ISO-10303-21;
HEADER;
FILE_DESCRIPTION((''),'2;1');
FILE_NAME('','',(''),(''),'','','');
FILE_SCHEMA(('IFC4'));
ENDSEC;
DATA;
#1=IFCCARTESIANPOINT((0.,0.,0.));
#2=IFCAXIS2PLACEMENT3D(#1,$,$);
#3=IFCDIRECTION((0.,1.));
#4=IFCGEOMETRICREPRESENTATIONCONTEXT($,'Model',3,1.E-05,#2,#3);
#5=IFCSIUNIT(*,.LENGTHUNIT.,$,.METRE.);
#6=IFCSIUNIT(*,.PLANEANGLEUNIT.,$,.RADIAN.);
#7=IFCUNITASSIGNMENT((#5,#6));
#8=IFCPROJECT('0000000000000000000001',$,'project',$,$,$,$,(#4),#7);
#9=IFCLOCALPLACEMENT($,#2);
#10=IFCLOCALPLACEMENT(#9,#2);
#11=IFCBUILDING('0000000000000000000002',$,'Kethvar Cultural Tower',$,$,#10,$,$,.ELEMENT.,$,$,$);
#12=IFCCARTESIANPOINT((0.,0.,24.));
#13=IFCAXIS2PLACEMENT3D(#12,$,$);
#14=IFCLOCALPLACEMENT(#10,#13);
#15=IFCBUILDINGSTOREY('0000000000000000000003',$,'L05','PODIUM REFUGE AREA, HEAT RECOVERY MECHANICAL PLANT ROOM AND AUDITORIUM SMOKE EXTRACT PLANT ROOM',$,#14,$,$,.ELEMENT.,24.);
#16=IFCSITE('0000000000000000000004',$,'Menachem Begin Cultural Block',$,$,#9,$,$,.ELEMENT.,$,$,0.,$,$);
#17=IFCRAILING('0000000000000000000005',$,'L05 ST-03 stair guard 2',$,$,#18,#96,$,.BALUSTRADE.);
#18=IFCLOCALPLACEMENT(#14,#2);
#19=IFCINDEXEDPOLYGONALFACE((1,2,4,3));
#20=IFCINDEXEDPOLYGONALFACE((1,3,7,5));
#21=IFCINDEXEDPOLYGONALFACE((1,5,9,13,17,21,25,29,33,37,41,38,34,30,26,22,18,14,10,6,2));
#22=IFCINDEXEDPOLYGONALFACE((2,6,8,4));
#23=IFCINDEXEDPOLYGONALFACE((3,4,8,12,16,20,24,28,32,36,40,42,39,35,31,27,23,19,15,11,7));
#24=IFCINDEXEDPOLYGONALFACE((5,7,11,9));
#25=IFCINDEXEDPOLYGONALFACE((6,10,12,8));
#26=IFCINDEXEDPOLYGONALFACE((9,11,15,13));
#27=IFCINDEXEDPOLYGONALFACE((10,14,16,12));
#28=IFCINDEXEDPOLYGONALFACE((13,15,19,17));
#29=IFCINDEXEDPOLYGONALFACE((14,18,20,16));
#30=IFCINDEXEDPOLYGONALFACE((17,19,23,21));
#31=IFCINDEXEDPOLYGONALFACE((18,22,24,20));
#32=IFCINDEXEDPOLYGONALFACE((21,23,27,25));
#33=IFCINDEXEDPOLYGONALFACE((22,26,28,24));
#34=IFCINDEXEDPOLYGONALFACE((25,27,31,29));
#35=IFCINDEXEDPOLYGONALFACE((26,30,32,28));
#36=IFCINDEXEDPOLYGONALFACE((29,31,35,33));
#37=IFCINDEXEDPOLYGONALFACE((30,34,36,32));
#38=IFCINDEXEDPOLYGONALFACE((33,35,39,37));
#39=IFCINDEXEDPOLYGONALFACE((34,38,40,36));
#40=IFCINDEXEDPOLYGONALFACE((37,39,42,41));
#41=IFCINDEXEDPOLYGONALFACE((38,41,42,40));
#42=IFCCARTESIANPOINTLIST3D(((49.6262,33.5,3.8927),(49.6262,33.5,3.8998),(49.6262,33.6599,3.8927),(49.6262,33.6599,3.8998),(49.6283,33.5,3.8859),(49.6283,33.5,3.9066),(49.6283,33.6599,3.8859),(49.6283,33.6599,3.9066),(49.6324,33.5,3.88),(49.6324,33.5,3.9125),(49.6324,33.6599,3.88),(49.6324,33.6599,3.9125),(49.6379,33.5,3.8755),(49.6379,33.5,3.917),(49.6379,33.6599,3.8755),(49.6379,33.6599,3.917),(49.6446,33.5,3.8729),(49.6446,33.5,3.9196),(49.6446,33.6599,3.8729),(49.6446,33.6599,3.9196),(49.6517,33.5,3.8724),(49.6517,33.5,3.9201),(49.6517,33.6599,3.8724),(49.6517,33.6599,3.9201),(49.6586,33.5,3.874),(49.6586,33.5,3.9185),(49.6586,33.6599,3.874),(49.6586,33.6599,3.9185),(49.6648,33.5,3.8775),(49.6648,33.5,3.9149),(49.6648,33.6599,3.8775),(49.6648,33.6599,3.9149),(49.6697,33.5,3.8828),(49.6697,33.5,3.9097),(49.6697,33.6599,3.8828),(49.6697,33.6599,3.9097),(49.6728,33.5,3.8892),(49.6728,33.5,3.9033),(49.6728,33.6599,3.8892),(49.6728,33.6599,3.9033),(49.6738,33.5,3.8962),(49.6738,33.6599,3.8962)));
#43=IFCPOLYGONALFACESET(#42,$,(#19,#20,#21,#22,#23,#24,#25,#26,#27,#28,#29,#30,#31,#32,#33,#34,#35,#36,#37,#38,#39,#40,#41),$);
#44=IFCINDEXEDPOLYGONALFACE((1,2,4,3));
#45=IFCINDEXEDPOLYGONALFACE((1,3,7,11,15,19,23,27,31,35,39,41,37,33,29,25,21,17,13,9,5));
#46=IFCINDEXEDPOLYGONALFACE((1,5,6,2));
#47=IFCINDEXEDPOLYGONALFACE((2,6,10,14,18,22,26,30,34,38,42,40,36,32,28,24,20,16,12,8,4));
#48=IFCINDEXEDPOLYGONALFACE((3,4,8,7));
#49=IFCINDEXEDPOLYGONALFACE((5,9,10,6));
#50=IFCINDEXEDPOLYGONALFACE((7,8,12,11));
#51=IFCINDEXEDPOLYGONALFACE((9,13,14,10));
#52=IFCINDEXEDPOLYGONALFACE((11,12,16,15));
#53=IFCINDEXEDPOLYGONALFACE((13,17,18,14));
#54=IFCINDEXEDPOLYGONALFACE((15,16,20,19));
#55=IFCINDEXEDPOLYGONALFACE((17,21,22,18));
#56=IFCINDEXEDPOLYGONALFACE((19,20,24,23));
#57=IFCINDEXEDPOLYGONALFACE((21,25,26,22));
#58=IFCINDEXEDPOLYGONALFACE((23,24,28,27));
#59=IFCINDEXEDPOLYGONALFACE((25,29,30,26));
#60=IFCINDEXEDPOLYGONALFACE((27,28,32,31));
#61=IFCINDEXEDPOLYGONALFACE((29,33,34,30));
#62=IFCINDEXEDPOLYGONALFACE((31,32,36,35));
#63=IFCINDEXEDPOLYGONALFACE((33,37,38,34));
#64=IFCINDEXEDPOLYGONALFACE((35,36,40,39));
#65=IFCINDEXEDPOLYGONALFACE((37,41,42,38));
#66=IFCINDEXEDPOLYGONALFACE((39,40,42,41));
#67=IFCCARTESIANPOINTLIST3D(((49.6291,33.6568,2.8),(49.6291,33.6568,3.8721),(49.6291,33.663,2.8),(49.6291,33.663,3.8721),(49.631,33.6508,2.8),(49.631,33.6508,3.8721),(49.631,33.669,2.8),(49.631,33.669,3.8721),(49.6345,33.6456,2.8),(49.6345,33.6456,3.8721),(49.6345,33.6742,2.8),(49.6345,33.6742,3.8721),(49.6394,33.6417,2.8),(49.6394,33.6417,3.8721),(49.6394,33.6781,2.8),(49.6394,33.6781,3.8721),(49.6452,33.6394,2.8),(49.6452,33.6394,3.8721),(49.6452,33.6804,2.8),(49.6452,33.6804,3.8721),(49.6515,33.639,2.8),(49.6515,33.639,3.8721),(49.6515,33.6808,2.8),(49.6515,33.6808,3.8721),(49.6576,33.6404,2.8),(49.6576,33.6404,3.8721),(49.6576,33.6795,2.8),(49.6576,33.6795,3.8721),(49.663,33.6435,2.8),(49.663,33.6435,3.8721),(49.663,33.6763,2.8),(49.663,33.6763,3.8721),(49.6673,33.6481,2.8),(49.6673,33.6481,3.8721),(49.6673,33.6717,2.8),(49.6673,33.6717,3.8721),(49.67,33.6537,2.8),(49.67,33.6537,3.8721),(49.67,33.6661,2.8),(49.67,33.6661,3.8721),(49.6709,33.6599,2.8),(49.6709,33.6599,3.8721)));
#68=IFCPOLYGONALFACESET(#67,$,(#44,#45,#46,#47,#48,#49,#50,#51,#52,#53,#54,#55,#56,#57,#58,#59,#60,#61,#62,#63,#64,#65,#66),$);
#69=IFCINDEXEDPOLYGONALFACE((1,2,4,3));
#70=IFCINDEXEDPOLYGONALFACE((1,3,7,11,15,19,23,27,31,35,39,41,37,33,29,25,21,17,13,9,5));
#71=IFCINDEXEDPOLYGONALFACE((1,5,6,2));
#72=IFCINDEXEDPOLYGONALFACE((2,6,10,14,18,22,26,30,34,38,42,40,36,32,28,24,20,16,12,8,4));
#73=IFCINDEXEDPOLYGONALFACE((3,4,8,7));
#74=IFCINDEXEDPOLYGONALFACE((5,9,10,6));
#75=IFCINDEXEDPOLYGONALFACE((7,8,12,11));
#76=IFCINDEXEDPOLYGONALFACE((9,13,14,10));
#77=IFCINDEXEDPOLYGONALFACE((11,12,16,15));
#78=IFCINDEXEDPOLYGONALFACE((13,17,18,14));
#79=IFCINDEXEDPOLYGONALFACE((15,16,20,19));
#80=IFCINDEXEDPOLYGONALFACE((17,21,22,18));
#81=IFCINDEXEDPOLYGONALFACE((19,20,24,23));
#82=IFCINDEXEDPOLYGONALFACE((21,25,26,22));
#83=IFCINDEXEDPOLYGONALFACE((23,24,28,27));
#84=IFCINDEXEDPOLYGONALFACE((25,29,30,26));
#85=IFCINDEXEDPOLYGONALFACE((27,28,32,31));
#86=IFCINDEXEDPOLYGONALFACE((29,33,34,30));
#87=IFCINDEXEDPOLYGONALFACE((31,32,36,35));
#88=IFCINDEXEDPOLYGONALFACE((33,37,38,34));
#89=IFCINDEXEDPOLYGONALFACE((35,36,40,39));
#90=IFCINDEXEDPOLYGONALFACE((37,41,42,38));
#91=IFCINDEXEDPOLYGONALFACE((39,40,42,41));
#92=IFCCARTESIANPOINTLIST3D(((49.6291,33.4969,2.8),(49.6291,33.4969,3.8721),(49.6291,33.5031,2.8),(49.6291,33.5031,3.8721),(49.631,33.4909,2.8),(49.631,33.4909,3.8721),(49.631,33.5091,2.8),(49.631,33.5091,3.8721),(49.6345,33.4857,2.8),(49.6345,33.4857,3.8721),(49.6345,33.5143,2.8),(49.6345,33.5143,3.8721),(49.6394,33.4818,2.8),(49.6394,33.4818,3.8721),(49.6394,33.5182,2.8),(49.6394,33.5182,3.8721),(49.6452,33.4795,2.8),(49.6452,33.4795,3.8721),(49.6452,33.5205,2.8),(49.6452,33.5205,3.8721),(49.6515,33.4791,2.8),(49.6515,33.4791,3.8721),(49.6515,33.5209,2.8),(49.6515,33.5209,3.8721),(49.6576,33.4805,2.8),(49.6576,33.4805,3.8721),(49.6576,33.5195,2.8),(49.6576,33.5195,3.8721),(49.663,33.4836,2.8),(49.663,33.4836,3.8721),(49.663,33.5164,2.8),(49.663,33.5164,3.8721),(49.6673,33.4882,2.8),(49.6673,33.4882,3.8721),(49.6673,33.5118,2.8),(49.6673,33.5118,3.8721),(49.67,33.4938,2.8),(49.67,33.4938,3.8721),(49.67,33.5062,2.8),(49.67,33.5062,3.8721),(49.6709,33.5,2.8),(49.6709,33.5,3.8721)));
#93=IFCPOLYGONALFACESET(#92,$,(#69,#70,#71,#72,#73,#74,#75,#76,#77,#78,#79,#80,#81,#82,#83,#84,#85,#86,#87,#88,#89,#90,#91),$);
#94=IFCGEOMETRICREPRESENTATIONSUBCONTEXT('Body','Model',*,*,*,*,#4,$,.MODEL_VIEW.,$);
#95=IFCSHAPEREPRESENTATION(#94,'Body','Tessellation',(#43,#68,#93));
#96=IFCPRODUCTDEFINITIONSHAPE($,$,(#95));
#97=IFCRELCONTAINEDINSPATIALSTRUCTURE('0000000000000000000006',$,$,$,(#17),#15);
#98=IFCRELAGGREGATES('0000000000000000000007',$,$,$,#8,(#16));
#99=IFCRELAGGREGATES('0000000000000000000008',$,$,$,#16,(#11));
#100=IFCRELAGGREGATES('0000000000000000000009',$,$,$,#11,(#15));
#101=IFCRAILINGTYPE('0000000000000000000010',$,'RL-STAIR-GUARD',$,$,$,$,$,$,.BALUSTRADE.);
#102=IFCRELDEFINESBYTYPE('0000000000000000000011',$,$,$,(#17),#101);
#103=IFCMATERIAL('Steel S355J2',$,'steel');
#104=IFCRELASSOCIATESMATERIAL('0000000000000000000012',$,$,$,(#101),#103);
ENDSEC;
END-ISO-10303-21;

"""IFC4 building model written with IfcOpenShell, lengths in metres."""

from ifc_helpers import new_model, si_unit, direction, frame, origin, origin_2d, place, context, subcontext, project, spatial, circle, extrude, material, type_object, element, save


model = new_model("IFC4")

# Units and contexts
model_context = context("Model", 3, precision=1e-05, world=origin(), true_north=direction((0.0, 1.0)))
body_context = subcontext(model_context, "Body", "Model", "MODEL_VIEW")
ifc_project = project(units=[si_unit("LENGTHUNIT", "METRE"), si_unit("PLANEANGLEUNIT", "RADIAN")], contexts=[model_context])

# Site, building, storey
site_placement = place(None, origin())
site = spatial("IfcSite", under=ifc_project, at=site_placement, Name="Menachem Begin Cultural Block", CompositionType="ELEMENT", RefElevation=0.0)
building_placement = place(site_placement, origin())
building = spatial("IfcBuilding", under=site, at=building_placement, Name="Kethvar Cultural Tower", CompositionType="ELEMENT")
storey_placement = place(building_placement, frame((0.0, 0.0, 24.0)))
storey = spatial("IfcBuildingStorey", under=building, at=storey_placement, Name="L05", Description="PODIUM REFUGE AREA, HEAT RECOVERY MECHANICAL PLANT ROOM AND AUDITORIUM SMOKE EXTRACT PLANT ROOM", CompositionType="ELEMENT", Elevation=24.0)

# Railing
ifc_material_1 = material(Name="Steel S355J2", Category="steel")
railing_type_1 = type_object("IfcRailingType", Name="RL-STAIR-GUARD", PredefinedType="BALUSTRADE", material=ifc_material_1)
railing_1_placement = place(storey_placement, frame((49.6499, 33.6599, 2.8)))
element("IfcRailing", 1, at=railing_1_placement, inside=storey, type_object=railing_type_1, Name="L05 ST-03 stair guard 2", PredefinedType="BALUSTRADE", context=body_context, shape_type="SweptSolid", body=[
    extrude(circle(Radius=0.0239, at=origin_2d()), frame((0.0, 0.0, 1.0962), z_axis=(0.0, -1.0, 0.0), x_axis=(1.0, 0.0, 0.0)), (0.0, 0.0, 1.0), 0.1599),
    extrude(circle(Radius=0.021, at=origin_2d()), origin(), (0.0, 0.0, 1.0), 1.072),
    extrude(circle(Radius=0.021, at=origin_2d()), frame((0.0, -0.1599, 0.0)), (0.0, 0.0, 1.0), 1.072),
])

save(model, "model.ifc")
